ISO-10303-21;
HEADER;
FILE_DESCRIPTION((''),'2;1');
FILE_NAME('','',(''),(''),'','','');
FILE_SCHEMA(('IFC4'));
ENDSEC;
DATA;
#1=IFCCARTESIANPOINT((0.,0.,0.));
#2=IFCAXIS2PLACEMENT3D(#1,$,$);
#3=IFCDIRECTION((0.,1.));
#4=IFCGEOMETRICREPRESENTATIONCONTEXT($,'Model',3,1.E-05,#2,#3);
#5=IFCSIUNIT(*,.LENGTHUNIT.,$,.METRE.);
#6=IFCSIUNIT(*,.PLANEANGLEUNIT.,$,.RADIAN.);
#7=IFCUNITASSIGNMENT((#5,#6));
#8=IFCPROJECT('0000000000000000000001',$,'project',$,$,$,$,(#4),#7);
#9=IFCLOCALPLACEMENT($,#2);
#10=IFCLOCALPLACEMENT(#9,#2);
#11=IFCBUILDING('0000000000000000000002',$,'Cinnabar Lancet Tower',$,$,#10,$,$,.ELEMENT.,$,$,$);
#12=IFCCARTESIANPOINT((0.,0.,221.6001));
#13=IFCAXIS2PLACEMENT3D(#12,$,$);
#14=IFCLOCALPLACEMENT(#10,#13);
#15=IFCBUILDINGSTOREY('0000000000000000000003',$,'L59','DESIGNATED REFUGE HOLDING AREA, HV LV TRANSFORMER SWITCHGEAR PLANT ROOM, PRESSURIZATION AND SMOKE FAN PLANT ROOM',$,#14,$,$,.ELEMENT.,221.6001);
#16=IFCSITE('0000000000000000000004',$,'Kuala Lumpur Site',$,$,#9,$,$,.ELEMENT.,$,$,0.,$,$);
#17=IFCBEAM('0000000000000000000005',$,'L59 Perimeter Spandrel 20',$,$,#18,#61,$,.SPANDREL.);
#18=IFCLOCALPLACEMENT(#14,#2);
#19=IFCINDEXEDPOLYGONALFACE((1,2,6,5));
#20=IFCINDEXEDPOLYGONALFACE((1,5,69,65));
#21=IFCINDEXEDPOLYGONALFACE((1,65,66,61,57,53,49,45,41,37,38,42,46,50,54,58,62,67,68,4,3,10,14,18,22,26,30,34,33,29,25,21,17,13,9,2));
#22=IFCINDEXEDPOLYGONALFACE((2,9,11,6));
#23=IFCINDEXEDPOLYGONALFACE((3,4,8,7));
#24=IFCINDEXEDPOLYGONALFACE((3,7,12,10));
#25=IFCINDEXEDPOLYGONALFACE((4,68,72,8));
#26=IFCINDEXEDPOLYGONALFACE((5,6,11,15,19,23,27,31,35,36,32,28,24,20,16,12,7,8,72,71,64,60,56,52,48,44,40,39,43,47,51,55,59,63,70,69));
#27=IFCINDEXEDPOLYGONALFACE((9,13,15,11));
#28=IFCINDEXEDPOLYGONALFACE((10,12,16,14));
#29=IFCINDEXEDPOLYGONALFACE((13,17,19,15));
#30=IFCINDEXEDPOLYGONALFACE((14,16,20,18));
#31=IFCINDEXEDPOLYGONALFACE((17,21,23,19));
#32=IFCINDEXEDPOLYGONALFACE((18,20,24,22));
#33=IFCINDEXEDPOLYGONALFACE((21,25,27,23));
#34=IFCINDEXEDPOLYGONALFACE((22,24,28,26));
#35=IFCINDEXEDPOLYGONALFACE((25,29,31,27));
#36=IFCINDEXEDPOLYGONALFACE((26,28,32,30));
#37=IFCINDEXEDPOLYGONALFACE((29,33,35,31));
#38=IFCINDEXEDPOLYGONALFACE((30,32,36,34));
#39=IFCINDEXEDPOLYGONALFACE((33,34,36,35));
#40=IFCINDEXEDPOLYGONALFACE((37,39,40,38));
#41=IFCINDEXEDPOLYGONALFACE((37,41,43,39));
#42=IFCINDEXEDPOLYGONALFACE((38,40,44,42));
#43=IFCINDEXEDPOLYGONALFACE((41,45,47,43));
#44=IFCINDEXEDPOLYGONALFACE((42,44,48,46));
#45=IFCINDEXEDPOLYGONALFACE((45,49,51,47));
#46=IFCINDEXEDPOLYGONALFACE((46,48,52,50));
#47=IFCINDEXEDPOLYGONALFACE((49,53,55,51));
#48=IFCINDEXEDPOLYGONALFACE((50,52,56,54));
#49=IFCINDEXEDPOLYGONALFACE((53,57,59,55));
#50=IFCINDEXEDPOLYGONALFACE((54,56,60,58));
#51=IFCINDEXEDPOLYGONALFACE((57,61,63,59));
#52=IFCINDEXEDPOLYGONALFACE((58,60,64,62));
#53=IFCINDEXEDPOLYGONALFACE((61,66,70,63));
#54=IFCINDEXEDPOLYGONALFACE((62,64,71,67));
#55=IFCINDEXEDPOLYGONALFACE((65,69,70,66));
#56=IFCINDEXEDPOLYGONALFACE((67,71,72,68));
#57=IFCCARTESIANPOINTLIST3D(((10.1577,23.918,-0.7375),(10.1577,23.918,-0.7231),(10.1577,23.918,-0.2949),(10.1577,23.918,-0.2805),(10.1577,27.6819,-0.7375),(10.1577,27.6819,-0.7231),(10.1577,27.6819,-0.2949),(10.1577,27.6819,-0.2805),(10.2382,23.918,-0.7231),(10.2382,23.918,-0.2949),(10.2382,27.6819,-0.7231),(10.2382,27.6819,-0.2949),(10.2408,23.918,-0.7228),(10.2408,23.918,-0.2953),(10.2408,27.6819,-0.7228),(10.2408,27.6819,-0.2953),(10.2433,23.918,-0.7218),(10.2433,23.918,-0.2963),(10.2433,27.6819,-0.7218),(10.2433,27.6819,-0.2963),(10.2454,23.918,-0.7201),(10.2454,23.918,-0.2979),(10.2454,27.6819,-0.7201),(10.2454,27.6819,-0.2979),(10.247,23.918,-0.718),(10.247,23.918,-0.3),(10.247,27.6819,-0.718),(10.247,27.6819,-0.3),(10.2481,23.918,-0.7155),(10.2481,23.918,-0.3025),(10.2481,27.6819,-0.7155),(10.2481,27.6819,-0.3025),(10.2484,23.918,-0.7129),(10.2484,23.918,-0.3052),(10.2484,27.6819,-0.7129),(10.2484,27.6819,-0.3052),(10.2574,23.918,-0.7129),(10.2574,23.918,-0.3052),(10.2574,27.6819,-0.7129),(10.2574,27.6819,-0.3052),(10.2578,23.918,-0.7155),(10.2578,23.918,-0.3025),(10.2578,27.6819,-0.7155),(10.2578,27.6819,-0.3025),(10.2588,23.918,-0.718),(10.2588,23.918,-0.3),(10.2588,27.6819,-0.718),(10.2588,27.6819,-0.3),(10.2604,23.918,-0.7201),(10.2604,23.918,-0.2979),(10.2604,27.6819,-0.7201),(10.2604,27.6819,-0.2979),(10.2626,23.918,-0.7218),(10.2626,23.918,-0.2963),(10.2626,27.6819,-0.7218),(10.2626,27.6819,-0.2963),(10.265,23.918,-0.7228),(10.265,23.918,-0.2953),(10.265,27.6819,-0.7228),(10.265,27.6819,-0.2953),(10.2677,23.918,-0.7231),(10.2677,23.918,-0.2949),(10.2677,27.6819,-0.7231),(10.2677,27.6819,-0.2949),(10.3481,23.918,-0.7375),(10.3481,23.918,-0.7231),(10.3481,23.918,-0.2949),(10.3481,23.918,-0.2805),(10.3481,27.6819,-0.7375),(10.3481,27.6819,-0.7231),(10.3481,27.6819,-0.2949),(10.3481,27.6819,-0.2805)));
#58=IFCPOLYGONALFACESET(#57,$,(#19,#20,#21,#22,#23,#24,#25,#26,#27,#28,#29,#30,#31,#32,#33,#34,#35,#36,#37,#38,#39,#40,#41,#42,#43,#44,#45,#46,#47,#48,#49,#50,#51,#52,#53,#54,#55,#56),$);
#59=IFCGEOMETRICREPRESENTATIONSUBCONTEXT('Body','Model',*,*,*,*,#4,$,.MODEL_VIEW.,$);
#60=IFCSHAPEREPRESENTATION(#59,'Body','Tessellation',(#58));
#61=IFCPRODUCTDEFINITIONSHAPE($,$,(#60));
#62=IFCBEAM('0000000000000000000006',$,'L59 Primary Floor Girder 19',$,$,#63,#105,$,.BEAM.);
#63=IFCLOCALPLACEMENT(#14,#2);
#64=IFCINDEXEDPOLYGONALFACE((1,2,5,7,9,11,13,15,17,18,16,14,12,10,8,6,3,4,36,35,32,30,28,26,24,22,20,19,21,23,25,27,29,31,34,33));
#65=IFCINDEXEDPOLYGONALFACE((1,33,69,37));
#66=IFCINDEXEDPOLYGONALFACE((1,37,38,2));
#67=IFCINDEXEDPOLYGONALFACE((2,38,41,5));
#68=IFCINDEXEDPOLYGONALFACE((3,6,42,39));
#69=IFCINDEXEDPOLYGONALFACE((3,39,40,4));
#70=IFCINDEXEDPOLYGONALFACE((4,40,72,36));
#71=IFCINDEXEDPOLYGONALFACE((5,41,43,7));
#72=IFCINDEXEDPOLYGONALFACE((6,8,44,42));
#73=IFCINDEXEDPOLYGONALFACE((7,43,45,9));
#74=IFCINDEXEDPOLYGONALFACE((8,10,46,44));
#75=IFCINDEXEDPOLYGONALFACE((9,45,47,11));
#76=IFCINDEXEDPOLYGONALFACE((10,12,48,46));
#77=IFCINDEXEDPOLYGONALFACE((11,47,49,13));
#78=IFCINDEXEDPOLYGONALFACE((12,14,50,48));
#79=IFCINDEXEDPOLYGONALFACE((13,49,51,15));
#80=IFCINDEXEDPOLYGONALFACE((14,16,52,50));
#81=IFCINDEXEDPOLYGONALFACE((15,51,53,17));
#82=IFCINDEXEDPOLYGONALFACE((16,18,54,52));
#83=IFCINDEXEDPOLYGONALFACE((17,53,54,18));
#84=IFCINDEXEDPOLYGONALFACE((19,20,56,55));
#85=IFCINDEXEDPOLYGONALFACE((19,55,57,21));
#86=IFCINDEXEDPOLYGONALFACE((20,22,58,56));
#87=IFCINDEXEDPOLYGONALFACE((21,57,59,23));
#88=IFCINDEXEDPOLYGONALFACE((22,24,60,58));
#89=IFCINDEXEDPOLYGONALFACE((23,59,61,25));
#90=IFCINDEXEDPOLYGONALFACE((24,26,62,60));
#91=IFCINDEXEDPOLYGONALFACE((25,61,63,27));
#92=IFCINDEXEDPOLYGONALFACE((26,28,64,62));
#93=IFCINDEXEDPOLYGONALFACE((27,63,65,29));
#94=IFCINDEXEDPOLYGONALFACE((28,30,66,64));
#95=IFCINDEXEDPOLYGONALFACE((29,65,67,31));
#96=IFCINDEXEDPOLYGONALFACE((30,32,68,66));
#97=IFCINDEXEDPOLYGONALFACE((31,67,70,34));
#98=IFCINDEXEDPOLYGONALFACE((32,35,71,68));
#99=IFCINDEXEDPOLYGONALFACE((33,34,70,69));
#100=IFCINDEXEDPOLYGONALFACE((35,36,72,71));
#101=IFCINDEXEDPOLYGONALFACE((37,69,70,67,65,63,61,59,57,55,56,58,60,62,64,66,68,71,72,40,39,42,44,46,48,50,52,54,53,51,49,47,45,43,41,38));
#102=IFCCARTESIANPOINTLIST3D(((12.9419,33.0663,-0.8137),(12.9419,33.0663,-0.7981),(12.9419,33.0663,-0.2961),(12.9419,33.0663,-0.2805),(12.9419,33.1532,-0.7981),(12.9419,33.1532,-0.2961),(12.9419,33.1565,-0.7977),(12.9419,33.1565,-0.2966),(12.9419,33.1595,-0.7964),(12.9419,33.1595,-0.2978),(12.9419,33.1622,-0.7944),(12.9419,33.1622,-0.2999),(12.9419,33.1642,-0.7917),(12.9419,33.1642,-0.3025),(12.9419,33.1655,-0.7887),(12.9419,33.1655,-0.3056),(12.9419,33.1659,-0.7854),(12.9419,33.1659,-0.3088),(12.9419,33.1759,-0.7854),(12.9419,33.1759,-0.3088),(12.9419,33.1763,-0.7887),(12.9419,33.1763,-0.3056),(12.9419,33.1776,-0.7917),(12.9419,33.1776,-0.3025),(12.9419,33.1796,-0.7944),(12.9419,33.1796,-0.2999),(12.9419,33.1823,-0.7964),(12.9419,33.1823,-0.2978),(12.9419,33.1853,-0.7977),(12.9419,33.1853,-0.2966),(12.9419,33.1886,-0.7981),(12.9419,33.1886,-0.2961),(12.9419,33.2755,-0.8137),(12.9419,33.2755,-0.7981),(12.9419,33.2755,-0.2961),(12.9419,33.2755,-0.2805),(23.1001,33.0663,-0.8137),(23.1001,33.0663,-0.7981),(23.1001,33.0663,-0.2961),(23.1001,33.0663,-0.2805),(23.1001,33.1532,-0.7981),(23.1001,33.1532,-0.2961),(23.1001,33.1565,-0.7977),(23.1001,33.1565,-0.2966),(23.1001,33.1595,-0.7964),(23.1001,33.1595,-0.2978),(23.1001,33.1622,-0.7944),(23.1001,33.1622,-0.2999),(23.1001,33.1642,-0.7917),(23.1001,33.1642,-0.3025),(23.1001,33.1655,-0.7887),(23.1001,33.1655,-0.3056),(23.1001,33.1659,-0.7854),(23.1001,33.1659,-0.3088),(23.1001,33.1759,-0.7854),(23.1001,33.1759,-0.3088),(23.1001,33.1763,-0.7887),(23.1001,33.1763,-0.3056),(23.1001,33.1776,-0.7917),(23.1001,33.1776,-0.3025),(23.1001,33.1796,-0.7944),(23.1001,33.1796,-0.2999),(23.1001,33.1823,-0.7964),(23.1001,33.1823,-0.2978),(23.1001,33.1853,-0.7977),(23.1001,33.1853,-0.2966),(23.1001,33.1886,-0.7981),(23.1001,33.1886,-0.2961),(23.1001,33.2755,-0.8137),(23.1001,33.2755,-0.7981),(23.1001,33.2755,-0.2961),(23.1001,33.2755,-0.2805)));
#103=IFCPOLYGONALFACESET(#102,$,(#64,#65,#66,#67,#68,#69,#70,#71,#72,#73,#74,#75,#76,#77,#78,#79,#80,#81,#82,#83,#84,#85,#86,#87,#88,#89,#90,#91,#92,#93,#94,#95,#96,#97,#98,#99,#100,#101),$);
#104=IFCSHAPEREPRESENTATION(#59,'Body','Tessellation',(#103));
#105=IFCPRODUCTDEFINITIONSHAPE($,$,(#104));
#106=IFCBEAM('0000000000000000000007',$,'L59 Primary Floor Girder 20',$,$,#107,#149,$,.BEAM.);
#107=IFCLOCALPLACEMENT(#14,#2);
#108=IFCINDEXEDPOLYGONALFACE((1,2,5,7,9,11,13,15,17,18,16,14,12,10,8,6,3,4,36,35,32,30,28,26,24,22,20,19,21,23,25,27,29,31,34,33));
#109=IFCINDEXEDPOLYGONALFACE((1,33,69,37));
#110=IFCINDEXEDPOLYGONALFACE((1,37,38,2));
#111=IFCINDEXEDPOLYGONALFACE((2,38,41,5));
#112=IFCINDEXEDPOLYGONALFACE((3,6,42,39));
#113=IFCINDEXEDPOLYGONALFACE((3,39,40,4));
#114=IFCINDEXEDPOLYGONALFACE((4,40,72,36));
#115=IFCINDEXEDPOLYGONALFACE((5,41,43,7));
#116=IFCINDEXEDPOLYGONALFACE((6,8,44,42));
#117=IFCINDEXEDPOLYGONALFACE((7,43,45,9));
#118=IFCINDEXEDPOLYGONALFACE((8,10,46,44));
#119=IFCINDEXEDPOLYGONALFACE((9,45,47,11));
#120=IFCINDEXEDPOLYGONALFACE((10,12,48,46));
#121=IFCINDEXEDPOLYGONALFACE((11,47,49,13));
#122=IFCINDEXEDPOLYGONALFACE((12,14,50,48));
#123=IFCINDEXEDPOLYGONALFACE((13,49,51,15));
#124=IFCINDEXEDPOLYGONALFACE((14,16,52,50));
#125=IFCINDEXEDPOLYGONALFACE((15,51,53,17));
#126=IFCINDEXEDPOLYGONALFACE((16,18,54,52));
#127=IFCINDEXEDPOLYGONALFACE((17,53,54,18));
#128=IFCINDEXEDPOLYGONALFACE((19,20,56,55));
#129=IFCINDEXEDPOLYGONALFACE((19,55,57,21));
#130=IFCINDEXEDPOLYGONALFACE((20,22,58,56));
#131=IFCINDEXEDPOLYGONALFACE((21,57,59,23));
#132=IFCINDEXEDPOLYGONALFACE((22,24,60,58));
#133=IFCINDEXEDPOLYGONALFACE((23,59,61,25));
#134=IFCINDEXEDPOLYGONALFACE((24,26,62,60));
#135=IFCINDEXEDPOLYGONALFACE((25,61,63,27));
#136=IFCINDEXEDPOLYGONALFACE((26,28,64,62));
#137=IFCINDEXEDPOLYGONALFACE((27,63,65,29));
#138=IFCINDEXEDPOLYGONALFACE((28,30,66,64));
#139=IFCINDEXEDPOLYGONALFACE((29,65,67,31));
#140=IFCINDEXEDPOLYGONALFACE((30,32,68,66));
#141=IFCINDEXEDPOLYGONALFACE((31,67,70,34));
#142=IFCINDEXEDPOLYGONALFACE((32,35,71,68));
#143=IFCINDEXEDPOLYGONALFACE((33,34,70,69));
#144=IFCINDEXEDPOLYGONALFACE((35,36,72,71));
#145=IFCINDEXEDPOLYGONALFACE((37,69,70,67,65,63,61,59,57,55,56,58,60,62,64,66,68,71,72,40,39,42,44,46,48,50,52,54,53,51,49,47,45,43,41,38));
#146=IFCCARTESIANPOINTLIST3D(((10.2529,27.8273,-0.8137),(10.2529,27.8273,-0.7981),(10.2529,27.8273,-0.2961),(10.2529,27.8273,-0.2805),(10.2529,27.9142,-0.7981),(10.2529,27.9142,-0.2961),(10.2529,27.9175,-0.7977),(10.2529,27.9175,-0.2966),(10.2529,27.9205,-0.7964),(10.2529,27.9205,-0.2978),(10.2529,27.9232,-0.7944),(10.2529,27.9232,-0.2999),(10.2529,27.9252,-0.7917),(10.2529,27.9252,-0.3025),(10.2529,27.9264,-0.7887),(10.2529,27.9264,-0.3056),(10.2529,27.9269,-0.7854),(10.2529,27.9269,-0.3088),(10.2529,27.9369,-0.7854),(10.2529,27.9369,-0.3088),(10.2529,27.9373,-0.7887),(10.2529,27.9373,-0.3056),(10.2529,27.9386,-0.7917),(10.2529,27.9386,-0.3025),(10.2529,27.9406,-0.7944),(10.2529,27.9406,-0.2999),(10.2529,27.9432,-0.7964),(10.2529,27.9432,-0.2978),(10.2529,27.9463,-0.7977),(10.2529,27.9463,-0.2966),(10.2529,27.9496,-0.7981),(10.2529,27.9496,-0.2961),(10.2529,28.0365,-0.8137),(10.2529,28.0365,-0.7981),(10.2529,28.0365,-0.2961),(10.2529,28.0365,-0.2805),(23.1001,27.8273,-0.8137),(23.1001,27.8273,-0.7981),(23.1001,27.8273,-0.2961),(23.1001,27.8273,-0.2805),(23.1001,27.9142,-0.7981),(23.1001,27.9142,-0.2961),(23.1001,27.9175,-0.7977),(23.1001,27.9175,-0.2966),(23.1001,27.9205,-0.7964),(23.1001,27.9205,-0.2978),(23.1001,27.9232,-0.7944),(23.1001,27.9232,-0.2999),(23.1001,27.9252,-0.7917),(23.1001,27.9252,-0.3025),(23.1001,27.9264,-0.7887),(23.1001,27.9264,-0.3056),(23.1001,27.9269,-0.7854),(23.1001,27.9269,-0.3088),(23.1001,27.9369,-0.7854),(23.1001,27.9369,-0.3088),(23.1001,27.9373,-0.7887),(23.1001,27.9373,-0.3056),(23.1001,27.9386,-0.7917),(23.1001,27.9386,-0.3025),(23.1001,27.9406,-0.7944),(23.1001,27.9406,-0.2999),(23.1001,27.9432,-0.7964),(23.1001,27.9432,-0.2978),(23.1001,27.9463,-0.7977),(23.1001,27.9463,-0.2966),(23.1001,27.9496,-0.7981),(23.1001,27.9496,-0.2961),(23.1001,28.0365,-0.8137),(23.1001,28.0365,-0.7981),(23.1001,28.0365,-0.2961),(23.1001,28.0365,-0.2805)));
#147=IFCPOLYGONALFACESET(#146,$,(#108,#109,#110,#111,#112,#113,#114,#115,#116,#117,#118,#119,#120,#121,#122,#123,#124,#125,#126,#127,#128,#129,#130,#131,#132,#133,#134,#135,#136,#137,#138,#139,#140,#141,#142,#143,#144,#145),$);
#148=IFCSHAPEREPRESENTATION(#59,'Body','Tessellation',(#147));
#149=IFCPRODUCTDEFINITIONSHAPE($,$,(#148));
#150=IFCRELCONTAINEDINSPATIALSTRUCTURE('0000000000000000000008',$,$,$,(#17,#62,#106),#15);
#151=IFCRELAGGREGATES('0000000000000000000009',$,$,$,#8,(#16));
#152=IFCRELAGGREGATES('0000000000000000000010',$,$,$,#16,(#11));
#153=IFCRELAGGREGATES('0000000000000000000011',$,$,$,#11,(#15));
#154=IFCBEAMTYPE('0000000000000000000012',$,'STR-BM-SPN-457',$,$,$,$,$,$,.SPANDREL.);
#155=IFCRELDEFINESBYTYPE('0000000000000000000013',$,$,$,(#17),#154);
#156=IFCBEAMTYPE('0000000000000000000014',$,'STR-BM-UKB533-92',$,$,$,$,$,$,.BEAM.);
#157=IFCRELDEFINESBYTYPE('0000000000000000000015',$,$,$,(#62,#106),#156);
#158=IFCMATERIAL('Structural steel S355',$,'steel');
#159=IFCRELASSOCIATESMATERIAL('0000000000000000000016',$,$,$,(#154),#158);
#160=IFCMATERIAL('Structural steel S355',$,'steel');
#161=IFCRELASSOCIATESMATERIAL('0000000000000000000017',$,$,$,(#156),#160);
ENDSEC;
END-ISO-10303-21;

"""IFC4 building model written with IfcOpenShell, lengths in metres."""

from ifc_helpers import new_model, si_unit, direction, frame, origin, origin_2d, place, context, subcontext, project, spatial, i_section, extrude, material, material_profile, profile_set, type_object, element, save


model = new_model("IFC4")

# Units and contexts
model_context = context("Model", 3, precision=1e-05, world=origin(), true_north=direction((0.0, 1.0)))
body_context = subcontext(model_context, "Body", "Model", "MODEL_VIEW")
ifc_project = project(units=[si_unit("LENGTHUNIT", "METRE"), si_unit("PLANEANGLEUNIT", "RADIAN")], contexts=[model_context])

# Site, building, storey
site_placement = place(None, origin())
site = spatial("IfcSite", under=ifc_project, at=site_placement, Name="Kuala Lumpur Site", CompositionType="ELEMENT", RefElevation=0.0)
building_placement = place(site_placement, origin())
building = spatial("IfcBuilding", under=site, at=building_placement, Name="Cinnabar Lancet Tower", CompositionType="ELEMENT")
storey_placement = place(building_placement, frame((0.0, 0.0, 221.6001)))
storey = spatial("IfcBuildingStorey", under=building, at=storey_placement, Name="L59", Description="DESIGNATED REFUGE HOLDING AREA, HV LV TRANSFORMER SWITCHGEAR PLANT ROOM, PRESSURIZATION AND SMOKE FAN PLANT ROOM", CompositionType="ELEMENT", Elevation=221.6001)

# Beams
ifc_material_1 = material(Name="Structural steel S355", Category="steel")
ifc_material_profile_1 = material_profile(ifc_material_1, i_section(OverallWidth=0.1904, OverallDepth=0.457, WebThickness=0.009, FlangeThickness=0.0144, FilletRadius=0.0103, at=origin_2d()), Name="UKB 457x191x74")
ifc_profile_set_1 = profile_set([ifc_material_profile_1], Name="Structural steel S355")
beam_type_1 = type_object("IfcBeamType", Name="STR-BM-SPN-457", PredefinedType="SPANDREL", material=ifc_profile_set_1)
beam_1_placement = place(storey_placement, frame((10.2529, 27.6819, -0.509), z_axis=(0.0, -1.0, 0.0), x_axis=(1.0, 0.0, 0.0)))
element("IfcBeam", 1, at=beam_1_placement, inside=storey, type_object=beam_type_1, Name="L59 Perimeter Spandrel 20", PredefinedType="SPANDREL", context=body_context, shape_type="SweptSolid", body=[
    extrude(i_section(OverallWidth=0.1904, OverallDepth=0.457, WebThickness=0.009, FlangeThickness=0.0144, FilletRadius=0.0103, at=origin_2d()), origin(), (0.0, 0.0, 1.0), 3.7639),
])
ifc_material_2 = material(Name="Structural steel S355", Category="steel")
ifc_material_profile_2 = material_profile(ifc_material_2, i_section(OverallWidth=0.2092, OverallDepth=0.5332, WebThickness=0.01, FlangeThickness=0.0156, FilletRadius=0.0127, at=origin_2d()), Name="UKB 533x210x92")
ifc_profile_set_2 = profile_set([ifc_material_profile_2], Name="Structural steel S355")
beam_type_2 = type_object("IfcBeamType", Name="STR-BM-UKB533-92", PredefinedType="BEAM", material=ifc_profile_set_2)
beam_2_placement = place(storey_placement, frame((12.9419, 33.1709, -0.5471), z_axis=(1.0, 0.0, 0.0), x_axis=(0.0, 1.0, 0.0)))
element("IfcBeam", 2, at=beam_2_placement, inside=storey, type_object=beam_type_2, Name="L59 Primary Floor Girder 19", PredefinedType="BEAM", context=body_context, shape_type="SweptSolid", body=[
    extrude(i_section(OverallWidth=0.2092, OverallDepth=0.5332, WebThickness=0.01, FlangeThickness=0.0156, FilletRadius=0.0127, at=origin_2d()), origin(), (0.0, 0.0, 1.0), 10.1582),
])
beam_3_placement = place(storey_placement, frame((10.2529, 27.9319, -0.5471), z_axis=(1.0, 0.0, 0.0), x_axis=(0.0, 1.0, 0.0)))
element("IfcBeam", 3, at=beam_3_placement, inside=storey, type_object=beam_type_2, Name="L59 Primary Floor Girder 20", PredefinedType="BEAM", context=body_context, shape_type="SweptSolid", body=[
    extrude(i_section(OverallWidth=0.2092, OverallDepth=0.5332, WebThickness=0.01, FlangeThickness=0.0156, FilletRadius=0.0127, at=origin_2d()), origin(), (0.0, 0.0, 1.0), 12.8472),
])

save(model, "model.ifc")
